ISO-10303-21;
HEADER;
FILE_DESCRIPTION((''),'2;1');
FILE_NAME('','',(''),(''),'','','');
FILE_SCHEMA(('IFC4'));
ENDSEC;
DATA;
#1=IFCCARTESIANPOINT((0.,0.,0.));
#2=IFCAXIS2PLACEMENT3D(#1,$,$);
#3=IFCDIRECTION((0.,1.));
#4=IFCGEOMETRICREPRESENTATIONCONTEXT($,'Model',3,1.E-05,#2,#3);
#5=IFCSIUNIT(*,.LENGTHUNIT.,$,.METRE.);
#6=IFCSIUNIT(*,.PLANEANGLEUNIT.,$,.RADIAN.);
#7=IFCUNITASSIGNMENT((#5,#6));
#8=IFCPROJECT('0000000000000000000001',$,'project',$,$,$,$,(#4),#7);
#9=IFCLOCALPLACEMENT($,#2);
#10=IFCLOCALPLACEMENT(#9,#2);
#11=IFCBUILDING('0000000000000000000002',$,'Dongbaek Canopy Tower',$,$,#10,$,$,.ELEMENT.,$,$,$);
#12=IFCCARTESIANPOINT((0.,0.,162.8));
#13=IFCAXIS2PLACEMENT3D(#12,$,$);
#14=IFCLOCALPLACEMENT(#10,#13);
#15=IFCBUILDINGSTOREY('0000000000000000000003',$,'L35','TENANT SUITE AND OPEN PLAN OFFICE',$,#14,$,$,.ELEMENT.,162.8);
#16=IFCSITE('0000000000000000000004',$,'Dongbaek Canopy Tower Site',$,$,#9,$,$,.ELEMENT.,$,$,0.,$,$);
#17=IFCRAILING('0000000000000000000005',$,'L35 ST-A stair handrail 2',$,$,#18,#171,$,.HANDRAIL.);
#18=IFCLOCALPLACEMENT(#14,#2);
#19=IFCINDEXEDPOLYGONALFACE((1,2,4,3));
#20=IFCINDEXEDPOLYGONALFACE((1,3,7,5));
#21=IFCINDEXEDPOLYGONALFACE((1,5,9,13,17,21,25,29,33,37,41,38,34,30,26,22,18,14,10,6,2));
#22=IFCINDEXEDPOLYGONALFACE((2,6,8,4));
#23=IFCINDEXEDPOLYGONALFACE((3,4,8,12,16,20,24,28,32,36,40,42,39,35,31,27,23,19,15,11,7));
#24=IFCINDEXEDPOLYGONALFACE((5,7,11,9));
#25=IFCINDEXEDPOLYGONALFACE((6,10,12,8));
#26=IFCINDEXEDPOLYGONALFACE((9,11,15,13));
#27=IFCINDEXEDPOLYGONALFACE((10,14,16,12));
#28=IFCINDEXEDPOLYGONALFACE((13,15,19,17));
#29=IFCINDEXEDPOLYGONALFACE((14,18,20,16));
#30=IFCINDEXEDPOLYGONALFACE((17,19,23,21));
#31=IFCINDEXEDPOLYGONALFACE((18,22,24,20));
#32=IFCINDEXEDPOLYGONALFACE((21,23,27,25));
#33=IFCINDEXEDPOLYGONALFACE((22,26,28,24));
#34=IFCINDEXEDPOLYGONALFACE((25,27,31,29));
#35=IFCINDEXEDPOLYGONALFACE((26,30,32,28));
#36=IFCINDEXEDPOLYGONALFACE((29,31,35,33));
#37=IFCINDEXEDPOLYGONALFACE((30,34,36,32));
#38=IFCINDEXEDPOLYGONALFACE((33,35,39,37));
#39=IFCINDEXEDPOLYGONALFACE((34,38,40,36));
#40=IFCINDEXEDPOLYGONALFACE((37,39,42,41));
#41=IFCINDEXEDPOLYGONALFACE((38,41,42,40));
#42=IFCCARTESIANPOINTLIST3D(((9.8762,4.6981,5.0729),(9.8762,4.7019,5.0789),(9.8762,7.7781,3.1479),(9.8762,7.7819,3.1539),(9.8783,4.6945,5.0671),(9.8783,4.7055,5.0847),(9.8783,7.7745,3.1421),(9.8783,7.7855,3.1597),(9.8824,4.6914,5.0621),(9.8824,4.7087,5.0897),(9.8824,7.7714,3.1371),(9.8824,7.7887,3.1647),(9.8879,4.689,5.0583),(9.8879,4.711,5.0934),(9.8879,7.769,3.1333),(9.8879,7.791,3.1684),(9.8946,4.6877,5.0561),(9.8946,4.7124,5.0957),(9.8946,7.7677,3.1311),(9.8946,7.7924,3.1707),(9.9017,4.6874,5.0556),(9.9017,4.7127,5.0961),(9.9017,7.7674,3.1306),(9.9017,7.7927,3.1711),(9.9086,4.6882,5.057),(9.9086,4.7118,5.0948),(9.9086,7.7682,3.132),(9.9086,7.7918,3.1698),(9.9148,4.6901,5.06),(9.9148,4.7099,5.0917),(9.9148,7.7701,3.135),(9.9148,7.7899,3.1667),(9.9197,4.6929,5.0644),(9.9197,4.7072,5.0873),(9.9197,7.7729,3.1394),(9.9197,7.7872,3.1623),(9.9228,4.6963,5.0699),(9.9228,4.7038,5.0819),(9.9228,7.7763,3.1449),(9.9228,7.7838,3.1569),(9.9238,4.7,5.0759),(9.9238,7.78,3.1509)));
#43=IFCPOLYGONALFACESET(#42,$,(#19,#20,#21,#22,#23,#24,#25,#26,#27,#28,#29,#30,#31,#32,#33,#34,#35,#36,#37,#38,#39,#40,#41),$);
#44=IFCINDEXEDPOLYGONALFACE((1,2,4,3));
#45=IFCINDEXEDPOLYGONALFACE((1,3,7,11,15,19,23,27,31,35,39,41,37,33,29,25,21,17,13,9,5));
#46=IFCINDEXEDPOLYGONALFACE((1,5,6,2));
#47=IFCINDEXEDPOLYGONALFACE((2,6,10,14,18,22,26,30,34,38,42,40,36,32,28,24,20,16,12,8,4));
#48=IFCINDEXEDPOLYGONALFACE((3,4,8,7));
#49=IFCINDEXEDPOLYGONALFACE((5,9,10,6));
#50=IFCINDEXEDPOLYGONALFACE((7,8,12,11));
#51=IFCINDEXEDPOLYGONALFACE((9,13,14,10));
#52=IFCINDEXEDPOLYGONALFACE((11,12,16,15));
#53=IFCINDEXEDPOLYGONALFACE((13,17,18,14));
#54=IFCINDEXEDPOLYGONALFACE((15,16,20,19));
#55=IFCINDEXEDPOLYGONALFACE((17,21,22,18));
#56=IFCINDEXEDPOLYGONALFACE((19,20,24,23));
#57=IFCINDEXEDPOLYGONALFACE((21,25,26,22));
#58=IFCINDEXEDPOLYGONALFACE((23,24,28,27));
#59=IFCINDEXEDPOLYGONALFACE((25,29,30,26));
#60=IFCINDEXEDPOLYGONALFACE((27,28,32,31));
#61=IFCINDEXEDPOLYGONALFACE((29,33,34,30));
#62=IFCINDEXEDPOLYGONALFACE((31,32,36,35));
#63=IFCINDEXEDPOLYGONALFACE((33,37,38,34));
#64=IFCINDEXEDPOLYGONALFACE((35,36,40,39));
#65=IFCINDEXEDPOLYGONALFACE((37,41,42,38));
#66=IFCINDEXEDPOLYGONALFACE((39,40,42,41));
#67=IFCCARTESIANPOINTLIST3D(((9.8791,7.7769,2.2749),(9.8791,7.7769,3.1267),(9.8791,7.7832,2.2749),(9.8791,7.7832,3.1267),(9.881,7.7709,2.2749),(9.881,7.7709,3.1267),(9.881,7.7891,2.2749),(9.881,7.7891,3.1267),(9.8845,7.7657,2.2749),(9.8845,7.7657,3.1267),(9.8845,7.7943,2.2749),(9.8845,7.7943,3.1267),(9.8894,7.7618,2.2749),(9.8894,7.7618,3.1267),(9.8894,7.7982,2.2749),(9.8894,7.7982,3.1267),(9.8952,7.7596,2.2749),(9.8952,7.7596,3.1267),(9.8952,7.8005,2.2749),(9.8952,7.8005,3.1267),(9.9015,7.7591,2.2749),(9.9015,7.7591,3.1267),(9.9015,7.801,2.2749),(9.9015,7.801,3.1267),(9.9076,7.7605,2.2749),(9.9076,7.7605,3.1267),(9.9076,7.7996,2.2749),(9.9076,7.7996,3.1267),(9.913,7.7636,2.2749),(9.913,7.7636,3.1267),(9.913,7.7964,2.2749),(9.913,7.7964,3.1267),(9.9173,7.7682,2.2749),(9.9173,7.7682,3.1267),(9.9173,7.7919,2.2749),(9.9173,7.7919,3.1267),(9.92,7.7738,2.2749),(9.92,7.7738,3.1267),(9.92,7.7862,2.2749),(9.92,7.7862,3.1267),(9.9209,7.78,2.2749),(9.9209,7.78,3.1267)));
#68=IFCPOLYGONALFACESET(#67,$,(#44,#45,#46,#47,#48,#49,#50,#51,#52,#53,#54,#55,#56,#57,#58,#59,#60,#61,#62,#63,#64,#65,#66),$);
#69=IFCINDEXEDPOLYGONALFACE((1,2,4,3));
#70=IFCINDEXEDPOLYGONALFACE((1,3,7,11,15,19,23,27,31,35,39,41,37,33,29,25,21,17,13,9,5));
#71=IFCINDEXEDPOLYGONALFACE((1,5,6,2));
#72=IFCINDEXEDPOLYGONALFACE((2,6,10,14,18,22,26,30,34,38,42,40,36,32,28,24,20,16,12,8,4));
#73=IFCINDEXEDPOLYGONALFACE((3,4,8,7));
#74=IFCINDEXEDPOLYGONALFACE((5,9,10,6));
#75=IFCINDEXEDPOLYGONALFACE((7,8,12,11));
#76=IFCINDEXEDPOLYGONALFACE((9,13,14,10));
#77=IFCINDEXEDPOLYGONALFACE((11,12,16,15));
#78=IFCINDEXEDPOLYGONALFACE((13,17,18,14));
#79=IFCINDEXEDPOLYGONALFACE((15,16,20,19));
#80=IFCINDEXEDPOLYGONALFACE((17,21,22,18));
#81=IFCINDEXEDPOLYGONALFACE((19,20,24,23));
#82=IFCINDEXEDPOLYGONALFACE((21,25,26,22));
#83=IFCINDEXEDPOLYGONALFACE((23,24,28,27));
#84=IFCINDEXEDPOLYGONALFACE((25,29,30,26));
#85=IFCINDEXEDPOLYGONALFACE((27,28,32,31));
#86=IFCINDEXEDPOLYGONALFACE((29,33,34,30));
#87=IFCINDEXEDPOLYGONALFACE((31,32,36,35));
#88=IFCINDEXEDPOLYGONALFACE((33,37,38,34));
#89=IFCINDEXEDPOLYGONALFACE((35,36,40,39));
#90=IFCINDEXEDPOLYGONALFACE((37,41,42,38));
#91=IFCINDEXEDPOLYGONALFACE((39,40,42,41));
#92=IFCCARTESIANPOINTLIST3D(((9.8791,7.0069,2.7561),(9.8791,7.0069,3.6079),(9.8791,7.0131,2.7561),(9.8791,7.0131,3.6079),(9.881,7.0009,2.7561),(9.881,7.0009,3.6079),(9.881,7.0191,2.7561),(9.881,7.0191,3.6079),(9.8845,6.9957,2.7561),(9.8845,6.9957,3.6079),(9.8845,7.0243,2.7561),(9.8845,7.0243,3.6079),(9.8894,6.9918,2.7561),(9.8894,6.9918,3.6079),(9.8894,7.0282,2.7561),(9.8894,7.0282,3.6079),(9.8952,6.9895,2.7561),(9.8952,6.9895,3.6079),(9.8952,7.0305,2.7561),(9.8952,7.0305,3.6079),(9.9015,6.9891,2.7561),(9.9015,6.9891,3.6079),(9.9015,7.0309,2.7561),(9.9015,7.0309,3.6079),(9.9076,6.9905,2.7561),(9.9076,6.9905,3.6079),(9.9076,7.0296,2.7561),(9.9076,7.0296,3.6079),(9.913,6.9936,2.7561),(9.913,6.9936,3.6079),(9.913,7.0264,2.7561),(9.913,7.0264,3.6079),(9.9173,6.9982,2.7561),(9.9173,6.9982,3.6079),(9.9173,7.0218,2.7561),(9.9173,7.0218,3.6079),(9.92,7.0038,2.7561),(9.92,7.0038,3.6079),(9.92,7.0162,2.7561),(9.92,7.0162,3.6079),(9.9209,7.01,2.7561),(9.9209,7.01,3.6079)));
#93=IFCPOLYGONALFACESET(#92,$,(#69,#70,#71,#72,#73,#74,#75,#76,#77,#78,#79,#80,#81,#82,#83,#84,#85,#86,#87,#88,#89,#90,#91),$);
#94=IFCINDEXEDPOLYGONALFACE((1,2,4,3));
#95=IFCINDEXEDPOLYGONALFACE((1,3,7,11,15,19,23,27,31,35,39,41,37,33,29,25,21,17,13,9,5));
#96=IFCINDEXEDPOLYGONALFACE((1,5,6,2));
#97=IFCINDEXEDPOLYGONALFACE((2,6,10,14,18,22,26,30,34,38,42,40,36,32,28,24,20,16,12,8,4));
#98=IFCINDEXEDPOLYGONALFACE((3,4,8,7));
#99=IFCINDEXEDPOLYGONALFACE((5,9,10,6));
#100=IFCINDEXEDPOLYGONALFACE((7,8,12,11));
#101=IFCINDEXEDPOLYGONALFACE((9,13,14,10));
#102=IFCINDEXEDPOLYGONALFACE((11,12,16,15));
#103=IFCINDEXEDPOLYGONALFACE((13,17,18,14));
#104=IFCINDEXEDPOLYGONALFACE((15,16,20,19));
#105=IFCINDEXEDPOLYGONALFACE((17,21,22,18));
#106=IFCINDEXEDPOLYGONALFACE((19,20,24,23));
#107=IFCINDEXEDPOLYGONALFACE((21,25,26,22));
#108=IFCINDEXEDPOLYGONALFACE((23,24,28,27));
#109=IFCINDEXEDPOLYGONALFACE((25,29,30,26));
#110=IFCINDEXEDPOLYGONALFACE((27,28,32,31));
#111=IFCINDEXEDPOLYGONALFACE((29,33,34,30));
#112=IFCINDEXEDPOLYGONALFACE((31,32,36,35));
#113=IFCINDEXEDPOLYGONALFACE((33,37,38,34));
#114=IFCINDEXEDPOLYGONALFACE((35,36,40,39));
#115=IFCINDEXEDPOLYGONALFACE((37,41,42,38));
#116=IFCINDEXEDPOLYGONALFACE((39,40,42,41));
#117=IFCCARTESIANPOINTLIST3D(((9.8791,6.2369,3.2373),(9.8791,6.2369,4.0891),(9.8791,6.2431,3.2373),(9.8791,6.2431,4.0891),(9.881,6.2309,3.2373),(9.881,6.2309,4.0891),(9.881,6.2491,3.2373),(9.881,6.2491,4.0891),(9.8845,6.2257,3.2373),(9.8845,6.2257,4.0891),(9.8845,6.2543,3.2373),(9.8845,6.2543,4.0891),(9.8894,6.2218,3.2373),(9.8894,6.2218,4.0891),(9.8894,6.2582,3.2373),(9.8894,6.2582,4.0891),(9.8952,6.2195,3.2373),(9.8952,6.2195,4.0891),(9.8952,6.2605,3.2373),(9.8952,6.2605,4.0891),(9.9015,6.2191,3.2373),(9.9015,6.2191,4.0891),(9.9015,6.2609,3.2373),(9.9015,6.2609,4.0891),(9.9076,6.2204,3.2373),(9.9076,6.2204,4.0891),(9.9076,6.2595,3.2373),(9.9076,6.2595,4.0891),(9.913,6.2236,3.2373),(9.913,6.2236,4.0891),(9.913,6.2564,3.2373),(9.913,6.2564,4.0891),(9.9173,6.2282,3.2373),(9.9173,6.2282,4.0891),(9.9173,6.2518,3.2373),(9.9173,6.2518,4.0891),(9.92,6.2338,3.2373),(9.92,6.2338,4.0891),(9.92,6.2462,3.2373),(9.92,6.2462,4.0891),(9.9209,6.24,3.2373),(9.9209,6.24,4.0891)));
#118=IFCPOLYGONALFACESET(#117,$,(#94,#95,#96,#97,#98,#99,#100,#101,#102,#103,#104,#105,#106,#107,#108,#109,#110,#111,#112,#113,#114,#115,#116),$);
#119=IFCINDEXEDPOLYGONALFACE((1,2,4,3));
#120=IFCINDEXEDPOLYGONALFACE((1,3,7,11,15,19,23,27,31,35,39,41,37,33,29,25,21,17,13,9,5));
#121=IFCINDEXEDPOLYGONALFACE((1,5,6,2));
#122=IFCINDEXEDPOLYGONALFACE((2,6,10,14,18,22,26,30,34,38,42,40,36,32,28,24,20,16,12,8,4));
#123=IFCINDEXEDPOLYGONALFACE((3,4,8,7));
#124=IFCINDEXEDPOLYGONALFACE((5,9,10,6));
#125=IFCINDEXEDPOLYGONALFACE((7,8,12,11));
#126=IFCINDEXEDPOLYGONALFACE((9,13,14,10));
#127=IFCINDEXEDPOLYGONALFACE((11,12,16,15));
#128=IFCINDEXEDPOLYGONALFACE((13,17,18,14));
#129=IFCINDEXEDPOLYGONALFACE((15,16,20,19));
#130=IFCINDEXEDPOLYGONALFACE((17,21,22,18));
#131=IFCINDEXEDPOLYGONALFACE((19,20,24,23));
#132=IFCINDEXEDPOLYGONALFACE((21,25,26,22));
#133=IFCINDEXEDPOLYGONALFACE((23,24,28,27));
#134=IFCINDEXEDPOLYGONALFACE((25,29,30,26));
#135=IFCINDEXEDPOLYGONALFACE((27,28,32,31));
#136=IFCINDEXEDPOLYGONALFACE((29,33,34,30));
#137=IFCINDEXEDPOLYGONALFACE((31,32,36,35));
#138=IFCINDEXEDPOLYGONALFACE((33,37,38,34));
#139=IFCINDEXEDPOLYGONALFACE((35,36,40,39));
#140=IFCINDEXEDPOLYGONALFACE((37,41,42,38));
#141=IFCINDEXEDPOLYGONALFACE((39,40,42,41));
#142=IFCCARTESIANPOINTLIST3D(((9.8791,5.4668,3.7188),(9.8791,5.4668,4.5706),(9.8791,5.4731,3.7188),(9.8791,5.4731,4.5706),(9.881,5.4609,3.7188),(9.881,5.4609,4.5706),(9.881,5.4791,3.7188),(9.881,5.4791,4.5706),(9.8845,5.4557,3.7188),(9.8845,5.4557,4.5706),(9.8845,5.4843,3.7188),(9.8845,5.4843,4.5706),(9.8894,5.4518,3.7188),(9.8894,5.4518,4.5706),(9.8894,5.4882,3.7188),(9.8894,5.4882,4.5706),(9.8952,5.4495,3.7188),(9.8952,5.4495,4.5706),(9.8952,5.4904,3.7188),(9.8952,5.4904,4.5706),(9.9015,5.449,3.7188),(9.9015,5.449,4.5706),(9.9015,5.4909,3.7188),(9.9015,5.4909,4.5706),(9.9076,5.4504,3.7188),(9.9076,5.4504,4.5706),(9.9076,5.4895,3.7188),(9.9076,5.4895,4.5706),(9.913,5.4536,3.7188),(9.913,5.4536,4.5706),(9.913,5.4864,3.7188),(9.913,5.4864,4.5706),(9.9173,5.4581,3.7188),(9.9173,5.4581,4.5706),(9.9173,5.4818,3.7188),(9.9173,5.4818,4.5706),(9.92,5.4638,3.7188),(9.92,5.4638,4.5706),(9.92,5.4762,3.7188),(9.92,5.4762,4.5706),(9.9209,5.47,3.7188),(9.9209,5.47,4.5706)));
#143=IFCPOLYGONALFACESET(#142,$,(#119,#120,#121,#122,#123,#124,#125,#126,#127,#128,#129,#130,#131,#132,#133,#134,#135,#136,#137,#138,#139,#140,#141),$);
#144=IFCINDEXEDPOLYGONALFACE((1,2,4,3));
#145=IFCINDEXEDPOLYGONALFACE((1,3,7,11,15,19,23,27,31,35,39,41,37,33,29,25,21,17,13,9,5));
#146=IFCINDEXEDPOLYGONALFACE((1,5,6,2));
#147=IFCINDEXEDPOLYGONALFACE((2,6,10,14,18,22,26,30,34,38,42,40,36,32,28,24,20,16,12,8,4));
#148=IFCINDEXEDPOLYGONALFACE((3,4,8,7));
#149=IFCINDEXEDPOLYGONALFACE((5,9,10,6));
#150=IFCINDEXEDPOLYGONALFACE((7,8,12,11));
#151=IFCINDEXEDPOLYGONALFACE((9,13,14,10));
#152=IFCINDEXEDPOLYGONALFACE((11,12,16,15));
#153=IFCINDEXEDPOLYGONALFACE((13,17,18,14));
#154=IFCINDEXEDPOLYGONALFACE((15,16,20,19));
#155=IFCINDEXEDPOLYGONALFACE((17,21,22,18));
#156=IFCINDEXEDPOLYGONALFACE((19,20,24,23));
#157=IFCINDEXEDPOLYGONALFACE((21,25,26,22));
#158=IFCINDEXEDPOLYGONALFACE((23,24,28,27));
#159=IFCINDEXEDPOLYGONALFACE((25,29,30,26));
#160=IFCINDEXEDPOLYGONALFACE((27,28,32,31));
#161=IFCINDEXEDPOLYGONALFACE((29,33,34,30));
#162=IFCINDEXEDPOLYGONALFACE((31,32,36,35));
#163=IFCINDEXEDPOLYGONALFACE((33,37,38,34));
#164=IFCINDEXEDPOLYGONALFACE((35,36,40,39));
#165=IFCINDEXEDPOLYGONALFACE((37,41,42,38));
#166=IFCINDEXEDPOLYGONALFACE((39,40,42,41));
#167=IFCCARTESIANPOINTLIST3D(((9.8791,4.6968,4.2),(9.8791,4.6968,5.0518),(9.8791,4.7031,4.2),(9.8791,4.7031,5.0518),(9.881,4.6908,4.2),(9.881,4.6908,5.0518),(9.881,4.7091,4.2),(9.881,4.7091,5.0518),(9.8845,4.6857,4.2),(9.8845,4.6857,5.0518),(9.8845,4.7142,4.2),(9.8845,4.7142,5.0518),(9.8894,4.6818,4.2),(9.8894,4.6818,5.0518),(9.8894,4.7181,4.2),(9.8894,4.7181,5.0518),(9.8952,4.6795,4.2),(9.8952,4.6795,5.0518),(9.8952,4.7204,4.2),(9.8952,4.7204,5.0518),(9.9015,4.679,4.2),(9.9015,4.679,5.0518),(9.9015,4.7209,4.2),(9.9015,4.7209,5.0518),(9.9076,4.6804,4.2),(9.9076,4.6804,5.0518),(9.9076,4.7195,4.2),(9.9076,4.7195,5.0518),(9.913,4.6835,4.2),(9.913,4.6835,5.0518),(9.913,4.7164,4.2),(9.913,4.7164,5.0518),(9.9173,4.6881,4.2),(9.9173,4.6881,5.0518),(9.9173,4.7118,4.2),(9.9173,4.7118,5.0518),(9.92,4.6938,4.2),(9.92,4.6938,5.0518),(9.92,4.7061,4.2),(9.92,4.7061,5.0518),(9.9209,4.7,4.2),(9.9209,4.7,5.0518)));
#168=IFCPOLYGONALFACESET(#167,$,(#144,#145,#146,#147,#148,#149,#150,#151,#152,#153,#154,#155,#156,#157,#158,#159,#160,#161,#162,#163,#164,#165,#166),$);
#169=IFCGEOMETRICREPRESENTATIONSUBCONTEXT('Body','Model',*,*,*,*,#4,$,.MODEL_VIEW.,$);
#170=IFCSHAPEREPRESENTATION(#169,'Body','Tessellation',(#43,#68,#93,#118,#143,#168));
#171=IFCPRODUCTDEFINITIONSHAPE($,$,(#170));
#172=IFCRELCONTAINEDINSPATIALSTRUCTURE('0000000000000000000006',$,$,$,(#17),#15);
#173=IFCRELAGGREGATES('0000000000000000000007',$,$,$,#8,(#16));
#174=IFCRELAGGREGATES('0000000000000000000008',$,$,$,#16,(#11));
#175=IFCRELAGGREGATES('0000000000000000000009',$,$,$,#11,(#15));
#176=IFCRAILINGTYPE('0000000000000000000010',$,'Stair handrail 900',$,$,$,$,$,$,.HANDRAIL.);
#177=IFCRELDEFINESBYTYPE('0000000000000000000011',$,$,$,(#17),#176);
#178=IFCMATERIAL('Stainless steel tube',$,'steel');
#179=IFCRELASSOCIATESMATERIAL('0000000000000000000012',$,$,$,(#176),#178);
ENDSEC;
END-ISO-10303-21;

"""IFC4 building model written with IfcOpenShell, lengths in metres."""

from ifc_helpers import new_model, si_unit, direction, frame, origin, origin_2d, place, context, subcontext, project, spatial, circle, extrude, material, type_object, element, save


model = new_model("IFC4")

# Units and contexts
model_context = context("Model", 3, precision=1e-05, world=origin(), true_north=direction((0.0, 1.0)))
body_context = subcontext(model_context, "Body", "Model", "MODEL_VIEW")
ifc_project = project(units=[si_unit("LENGTHUNIT", "METRE"), si_unit("PLANEANGLEUNIT", "RADIAN")], contexts=[model_context])

# Site, building, storey
site_placement = place(None, origin())
site = spatial("IfcSite", under=ifc_project, at=site_placement, Name="Dongbaek Canopy Tower Site", CompositionType="ELEMENT", RefElevation=0.0)
building_placement = place(site_placement, origin())
building = spatial("IfcBuilding", under=site, at=building_placement, Name="Dongbaek Canopy Tower", CompositionType="ELEMENT")
storey_placement = place(building_placement, frame((0.0, 0.0, 162.8)))
storey = spatial("IfcBuildingStorey", under=building, at=storey_placement, Name="L35", Description="TENANT SUITE AND OPEN PLAN OFFICE", CompositionType="ELEMENT", Elevation=162.8)

# Railing
ifc_material_1 = material(Name="Stainless steel tube", Category="steel")
railing_type_1 = type_object("IfcRailingType", Name="Stair handrail 900", PredefinedType="HANDRAIL", material=ifc_material_1)
railing_1_placement = place(storey_placement, frame((9.8999, 7.78, 2.2749)))
element("IfcRailing", 1, at=railing_1_placement, inside=storey, type_object=railing_type_1, Name="L35 ST-A stair handrail 2", PredefinedType="HANDRAIL", context=body_context, shape_type="SweptSolid", body=[
    extrude(circle(Radius=0.0239, at=origin_2d()), frame((0.0, 0.0, 0.876), z_axis=(0.0, -0.847998, 0.529999), x_axis=(1.0, 0.0, 0.0)), (0.0, 0.0, 1.0), 3.6321),
    extrude(circle(Radius=0.021, at=origin_2d()), origin(), (0.0, 0.0, 1.0), 0.8518),
    extrude(circle(Radius=0.021, at=origin_2d()), frame((0.0, -0.77, 0.4812)), (0.0, 0.0, 1.0), 0.8518),
    extrude(circle(Radius=0.021, at=origin_2d()), frame((0.0, -1.54, 0.9624)), (0.0, 0.0, 1.0), 0.8518),
    extrude(circle(Radius=0.021, at=origin_2d()), frame((0.0, -2.3101, 1.4438)), (0.0, 0.0, 1.0), 0.8518),
    extrude(circle(Radius=0.021, at=origin_2d()), frame((0.0, -3.0801, 1.925)), (0.0, 0.0, 1.0), 0.8518),
])

save(model, "model.ifc")
